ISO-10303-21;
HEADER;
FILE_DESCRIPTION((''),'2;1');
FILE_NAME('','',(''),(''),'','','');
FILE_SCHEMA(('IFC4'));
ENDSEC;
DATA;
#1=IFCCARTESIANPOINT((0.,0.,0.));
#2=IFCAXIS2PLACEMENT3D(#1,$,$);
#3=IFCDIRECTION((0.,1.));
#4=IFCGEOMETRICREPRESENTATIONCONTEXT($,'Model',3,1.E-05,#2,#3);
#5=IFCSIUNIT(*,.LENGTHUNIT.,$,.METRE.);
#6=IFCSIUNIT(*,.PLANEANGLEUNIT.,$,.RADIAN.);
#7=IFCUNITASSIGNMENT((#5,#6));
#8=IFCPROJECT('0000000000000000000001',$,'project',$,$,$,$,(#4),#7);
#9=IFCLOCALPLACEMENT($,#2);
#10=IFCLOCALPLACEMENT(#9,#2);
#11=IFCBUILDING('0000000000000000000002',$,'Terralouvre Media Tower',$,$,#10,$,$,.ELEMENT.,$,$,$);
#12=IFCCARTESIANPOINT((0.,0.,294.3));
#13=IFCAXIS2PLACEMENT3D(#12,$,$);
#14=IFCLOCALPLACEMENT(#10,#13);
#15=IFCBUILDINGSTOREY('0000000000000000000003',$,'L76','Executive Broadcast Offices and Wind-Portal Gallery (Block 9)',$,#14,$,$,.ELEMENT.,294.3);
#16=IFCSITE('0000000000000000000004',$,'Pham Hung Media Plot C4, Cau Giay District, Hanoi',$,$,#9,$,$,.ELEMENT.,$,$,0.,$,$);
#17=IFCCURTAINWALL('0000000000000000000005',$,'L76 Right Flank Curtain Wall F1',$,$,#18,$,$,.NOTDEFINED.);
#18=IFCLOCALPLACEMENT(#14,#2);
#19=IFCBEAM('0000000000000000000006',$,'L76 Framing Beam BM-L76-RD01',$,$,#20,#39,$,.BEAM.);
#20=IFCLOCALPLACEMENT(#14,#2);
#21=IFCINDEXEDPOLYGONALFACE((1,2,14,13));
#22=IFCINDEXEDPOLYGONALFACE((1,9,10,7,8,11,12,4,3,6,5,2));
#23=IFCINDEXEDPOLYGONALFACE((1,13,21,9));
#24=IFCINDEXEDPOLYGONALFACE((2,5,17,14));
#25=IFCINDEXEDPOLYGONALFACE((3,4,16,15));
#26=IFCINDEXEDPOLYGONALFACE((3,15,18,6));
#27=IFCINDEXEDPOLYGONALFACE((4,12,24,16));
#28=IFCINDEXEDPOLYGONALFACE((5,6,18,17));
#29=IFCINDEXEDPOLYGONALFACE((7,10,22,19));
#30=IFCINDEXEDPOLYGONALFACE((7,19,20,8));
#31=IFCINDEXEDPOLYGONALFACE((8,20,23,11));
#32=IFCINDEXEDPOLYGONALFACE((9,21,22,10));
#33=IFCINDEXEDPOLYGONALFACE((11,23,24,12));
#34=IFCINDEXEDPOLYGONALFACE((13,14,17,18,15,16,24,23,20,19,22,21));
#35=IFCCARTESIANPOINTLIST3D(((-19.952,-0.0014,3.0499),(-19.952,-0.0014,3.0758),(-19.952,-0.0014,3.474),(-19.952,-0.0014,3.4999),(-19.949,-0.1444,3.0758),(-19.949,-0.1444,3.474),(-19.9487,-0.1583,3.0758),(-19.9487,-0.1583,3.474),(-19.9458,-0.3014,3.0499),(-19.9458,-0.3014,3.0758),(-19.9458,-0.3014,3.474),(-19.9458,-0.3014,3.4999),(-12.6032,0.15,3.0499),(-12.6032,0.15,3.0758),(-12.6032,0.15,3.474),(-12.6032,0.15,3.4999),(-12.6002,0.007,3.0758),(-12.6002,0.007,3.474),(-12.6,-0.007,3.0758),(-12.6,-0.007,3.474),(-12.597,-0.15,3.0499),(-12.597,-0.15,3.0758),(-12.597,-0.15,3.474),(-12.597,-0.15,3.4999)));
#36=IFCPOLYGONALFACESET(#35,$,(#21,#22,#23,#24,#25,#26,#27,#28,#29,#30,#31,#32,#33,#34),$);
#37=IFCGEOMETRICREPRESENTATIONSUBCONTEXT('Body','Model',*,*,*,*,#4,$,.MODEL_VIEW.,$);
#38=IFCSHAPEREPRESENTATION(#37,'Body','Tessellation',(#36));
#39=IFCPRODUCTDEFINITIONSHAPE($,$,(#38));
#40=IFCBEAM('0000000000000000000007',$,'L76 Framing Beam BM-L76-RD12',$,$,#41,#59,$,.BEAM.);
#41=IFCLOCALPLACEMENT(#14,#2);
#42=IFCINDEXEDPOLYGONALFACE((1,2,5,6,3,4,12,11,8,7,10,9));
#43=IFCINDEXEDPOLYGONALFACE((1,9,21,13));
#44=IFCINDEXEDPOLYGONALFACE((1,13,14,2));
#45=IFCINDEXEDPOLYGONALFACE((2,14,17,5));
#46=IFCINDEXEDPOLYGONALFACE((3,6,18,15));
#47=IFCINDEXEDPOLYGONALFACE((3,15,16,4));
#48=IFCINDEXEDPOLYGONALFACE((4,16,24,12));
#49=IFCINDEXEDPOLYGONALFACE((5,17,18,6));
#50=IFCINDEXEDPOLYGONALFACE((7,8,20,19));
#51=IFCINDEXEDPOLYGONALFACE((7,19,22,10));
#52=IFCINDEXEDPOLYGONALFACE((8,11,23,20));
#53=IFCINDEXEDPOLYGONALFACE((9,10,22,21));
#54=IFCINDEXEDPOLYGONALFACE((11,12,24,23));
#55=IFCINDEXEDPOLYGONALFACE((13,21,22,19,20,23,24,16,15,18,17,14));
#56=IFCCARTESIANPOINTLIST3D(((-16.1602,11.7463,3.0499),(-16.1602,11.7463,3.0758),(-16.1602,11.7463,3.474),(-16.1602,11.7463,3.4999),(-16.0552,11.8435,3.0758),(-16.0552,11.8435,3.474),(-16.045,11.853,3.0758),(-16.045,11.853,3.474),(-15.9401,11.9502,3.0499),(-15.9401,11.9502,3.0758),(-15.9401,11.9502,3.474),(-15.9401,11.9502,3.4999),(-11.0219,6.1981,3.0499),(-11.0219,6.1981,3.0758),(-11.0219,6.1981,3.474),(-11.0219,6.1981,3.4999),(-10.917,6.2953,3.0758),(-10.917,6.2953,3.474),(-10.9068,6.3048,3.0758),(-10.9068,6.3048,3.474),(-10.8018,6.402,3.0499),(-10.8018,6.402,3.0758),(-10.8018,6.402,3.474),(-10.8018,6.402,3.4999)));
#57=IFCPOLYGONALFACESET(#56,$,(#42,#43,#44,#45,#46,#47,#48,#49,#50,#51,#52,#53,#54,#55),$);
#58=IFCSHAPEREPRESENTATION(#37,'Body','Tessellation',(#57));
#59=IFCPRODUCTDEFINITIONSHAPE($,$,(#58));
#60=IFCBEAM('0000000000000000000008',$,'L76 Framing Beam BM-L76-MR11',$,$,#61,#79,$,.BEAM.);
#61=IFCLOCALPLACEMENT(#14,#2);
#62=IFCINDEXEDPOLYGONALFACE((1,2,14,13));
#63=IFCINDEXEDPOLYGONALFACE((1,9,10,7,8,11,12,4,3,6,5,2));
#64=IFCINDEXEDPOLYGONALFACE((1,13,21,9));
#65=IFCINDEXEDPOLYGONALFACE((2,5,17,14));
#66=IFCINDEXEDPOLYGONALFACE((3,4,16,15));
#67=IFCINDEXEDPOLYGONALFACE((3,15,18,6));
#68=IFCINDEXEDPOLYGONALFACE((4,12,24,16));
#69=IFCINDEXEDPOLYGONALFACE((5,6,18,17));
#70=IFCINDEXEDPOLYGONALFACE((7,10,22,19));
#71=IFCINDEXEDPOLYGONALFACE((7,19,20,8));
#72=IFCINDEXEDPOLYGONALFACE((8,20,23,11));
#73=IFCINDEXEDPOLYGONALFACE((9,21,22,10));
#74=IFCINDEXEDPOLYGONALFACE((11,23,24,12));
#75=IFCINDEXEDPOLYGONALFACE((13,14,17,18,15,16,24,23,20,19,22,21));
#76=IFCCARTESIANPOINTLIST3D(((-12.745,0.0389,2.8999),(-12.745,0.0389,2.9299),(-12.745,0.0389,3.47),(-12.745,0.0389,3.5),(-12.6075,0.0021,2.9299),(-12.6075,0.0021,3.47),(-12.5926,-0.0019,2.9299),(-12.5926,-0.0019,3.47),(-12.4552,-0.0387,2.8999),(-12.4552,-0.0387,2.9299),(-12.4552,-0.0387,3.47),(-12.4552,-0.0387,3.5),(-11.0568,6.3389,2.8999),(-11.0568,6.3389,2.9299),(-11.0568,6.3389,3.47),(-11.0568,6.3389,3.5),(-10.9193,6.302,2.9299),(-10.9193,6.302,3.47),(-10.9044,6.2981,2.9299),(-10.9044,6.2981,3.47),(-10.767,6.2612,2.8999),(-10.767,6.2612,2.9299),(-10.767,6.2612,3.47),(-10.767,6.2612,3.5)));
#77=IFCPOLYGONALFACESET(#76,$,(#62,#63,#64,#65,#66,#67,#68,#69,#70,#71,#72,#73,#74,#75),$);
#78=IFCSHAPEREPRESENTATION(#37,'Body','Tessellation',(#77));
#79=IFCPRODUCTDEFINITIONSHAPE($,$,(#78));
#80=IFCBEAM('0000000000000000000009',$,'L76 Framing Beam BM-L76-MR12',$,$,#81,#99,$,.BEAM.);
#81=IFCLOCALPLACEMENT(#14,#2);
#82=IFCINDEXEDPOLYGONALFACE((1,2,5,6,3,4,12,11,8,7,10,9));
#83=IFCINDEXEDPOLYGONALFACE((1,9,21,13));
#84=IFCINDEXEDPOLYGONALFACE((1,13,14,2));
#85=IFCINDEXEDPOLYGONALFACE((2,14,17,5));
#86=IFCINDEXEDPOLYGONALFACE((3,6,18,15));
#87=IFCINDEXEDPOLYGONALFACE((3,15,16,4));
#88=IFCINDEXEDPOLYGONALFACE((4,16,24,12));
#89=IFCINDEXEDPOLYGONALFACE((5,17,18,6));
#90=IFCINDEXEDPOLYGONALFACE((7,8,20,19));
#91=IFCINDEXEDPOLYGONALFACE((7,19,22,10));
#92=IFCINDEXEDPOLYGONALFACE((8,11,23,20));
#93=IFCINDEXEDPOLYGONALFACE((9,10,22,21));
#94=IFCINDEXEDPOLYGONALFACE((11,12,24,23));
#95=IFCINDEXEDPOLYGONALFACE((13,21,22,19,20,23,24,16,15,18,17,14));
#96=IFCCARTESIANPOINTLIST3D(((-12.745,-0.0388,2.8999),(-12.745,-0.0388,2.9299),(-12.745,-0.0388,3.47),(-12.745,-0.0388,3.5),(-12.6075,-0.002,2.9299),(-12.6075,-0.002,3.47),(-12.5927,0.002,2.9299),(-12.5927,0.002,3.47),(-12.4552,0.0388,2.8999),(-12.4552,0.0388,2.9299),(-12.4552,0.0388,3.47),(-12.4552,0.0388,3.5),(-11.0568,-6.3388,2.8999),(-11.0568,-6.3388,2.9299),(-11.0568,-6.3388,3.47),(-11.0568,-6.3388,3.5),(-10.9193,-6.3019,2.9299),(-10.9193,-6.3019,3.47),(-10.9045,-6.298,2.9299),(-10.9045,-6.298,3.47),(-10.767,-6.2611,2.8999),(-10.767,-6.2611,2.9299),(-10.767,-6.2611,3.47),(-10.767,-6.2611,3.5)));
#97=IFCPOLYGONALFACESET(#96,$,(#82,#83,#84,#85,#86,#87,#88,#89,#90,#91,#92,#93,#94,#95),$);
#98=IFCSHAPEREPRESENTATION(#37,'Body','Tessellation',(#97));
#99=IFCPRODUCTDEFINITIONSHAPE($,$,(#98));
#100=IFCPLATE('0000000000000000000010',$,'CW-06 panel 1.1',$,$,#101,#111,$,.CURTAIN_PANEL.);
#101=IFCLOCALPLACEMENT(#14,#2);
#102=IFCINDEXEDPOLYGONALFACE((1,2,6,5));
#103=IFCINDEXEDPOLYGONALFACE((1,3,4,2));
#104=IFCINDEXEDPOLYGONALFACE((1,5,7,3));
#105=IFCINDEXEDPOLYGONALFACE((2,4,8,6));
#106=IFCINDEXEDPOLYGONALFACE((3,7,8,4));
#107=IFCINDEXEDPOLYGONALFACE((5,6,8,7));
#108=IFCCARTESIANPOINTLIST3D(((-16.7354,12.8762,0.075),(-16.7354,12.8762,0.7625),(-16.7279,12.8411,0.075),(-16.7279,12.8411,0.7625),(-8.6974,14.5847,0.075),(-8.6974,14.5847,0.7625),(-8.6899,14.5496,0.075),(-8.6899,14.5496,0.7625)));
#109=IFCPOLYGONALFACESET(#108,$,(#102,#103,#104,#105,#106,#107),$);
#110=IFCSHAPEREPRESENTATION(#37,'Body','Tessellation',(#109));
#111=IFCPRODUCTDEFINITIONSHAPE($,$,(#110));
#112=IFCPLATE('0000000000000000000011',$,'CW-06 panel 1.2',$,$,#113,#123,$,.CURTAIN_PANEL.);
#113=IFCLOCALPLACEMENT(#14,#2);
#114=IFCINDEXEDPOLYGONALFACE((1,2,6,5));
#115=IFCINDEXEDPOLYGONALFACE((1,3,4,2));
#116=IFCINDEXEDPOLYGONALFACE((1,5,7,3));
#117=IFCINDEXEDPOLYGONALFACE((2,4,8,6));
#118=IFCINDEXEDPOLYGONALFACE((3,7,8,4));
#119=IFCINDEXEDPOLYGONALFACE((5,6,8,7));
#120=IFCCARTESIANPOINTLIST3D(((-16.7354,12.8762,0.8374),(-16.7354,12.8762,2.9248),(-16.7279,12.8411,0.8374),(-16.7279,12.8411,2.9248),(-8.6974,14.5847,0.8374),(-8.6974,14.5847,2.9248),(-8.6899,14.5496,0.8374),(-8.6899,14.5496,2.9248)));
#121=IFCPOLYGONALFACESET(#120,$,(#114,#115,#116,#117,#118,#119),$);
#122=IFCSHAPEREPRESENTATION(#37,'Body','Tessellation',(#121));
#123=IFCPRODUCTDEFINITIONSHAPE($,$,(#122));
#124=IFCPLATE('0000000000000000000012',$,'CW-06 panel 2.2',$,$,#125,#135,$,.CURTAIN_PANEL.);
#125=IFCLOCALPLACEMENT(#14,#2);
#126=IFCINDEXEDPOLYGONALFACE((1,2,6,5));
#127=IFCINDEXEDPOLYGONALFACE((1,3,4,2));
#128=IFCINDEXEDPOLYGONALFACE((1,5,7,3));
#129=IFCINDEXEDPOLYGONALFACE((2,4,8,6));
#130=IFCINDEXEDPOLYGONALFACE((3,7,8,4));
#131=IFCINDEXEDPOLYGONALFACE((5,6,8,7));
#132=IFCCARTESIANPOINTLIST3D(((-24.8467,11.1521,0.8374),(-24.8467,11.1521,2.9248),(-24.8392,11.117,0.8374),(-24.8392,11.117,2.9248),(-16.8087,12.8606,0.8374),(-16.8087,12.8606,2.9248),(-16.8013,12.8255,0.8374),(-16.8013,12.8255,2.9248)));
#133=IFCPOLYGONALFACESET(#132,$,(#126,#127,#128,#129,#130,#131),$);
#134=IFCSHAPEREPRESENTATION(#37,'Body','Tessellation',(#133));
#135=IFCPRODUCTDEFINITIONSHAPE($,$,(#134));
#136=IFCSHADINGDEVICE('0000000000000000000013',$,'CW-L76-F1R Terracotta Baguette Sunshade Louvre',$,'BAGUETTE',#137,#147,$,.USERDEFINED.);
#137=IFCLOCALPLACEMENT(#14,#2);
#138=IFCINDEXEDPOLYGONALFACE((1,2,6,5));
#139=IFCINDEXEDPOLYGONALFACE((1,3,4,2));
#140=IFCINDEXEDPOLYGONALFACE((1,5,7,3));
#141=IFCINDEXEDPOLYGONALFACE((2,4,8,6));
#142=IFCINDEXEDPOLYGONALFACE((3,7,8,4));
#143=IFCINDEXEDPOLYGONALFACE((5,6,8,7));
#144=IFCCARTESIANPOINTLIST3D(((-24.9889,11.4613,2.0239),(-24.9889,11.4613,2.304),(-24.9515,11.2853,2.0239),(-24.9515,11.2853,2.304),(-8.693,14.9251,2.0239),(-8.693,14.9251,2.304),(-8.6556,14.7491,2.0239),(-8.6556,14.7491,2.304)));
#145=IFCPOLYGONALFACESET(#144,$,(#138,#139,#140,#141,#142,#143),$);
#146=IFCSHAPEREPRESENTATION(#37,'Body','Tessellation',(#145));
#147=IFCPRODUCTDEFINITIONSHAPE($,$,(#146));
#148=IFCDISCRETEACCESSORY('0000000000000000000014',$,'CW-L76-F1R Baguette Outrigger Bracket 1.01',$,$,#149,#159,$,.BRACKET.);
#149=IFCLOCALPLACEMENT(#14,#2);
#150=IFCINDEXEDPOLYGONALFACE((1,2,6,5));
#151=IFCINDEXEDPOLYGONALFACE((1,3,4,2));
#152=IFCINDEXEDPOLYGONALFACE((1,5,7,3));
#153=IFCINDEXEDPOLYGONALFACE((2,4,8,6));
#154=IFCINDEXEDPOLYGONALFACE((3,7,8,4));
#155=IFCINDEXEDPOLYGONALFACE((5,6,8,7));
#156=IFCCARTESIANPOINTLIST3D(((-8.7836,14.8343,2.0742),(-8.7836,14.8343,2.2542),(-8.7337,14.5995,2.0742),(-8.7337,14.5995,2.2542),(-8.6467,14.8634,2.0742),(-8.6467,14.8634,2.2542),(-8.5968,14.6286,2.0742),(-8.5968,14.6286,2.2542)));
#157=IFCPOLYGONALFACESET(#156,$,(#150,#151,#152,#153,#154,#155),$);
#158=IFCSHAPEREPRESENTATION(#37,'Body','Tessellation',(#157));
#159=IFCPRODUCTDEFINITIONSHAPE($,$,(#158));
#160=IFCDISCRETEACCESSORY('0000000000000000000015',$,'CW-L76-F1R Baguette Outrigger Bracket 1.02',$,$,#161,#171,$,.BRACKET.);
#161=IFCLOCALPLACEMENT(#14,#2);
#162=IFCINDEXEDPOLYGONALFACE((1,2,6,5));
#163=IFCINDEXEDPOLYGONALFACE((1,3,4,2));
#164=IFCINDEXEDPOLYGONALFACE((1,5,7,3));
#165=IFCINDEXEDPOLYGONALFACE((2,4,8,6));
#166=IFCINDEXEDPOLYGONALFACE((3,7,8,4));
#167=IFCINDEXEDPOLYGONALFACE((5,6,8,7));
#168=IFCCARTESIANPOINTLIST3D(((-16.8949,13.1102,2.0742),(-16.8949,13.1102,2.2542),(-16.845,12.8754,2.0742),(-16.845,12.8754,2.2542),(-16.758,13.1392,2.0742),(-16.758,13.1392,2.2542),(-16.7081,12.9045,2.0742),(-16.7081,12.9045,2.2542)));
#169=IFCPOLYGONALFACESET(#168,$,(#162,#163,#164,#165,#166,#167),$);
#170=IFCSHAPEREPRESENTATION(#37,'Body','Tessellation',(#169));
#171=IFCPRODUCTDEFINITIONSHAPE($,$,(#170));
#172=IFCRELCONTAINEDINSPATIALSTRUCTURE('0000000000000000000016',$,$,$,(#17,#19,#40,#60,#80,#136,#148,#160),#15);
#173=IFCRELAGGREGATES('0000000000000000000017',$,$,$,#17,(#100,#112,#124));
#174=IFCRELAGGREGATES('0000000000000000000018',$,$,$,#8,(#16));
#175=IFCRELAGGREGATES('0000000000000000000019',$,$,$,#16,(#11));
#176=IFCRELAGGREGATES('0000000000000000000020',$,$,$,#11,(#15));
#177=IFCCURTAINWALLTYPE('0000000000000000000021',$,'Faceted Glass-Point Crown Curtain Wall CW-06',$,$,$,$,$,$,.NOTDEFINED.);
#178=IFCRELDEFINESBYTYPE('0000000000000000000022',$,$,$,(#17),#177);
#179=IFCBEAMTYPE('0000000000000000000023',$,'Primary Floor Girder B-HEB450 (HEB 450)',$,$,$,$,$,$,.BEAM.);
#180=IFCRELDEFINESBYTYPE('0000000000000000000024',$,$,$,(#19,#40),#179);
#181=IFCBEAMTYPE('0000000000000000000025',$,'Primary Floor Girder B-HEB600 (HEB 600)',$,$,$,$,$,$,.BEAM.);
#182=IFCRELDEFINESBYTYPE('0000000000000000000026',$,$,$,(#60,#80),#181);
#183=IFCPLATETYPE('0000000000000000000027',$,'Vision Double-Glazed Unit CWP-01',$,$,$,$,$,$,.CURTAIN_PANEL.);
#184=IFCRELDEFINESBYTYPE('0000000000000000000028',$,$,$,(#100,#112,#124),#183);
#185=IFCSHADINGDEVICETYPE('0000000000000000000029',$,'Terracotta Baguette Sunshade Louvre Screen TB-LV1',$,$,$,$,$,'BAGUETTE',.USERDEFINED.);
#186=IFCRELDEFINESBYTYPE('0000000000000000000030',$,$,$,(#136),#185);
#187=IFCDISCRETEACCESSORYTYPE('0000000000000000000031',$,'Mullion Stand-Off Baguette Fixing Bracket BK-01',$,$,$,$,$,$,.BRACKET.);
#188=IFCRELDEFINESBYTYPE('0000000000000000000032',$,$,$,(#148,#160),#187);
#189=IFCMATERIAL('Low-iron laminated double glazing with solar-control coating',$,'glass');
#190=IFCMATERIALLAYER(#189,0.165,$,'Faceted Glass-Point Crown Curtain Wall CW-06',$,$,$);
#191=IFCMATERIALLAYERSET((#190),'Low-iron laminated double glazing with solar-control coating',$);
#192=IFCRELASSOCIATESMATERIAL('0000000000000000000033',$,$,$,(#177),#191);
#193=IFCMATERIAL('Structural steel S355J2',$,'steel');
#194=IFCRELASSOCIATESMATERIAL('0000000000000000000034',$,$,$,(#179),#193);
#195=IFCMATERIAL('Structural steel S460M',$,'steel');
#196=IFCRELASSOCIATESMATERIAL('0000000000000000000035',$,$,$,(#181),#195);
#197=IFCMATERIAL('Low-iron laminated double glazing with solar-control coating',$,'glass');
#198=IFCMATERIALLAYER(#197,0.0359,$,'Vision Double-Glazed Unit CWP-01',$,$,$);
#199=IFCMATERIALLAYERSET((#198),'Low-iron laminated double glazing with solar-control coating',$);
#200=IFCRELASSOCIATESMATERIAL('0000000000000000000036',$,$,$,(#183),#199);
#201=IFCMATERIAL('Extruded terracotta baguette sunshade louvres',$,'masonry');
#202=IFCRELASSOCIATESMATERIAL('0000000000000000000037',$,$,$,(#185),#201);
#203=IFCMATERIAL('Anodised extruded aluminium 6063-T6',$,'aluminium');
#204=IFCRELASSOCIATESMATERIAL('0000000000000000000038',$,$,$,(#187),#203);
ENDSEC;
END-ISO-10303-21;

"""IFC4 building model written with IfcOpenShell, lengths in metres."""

from ifc_helpers import new_model, si_unit, direction, frame, origin, origin_2d, place, context, subcontext, project, spatial, rectangle, i_section, extrude, material, layer, layer_set, material_profile, profile_set, type_object, element, aggregate, save


model = new_model("IFC4")

# Units and contexts
model_context = context("Model", 3, precision=1e-05, world=origin(), true_north=direction((0.0, 1.0)))
body_context = subcontext(model_context, "Body", "Model", "MODEL_VIEW")
ifc_project = project(units=[si_unit("LENGTHUNIT", "METRE"), si_unit("PLANEANGLEUNIT", "RADIAN")], contexts=[model_context])

# Site, building, storey
site_placement = place(None, origin())
site = spatial("IfcSite", under=ifc_project, at=site_placement, Name="Pham Hung Media Plot C4, Cau Giay District, Hanoi", CompositionType="ELEMENT", RefElevation=0.0)
building_placement = place(site_placement, origin())
building = spatial("IfcBuilding", under=site, at=building_placement, Name="Terralouvre Media Tower", CompositionType="ELEMENT")
storey_placement = place(building_placement, frame((0.0, 0.0, 294.3)))
storey = spatial("IfcBuildingStorey", under=building, at=storey_placement, Name="L76", Description="Executive Broadcast Offices and Wind-Portal Gallery (Block 9)", CompositionType="ELEMENT", Elevation=294.3)

# Curtain wall
ifc_material_1 = material(Name="Low-iron laminated double glazing with solar-control coating", Category="glass")
ifc_layer_1 = layer(ifc_material_1, 0.165, Name="Faceted Glass-Point Crown Curtain Wall CW-06")
ifc_layer_set_1 = layer_set([ifc_layer_1], Name="Low-iron laminated double glazing with solar-control coating")
curtain_wall_type = type_object("IfcCurtainWallType", Name="Faceted Glass-Point Crown Curtain Wall CW-06", PredefinedType="NOTDEFINED", material=ifc_layer_set_1)
curtain_wall_placement = place(storey_placement, origin())
curtain_wall = element("IfcCurtainWall", 1, at=curtain_wall_placement, inside=storey, type_object=curtain_wall_type, Name="L76 Right Flank Curtain Wall F1", PredefinedType="NOTDEFINED")

# Beams
ifc_material_2 = material(Name="Structural steel S355J2", Category="steel")
ifc_material_profile_1 = material_profile(ifc_material_2, i_section(OverallWidth=0.3, OverallDepth=0.45, WebThickness=0.0139, FlangeThickness=0.0259, at=origin_2d()), Name="HEB 450")
ifc_profile_set_1 = profile_set([ifc_material_profile_1], Name="Structural steel S355J2")
beam_type_1 = type_object("IfcBeamType", Name="Primary Floor Girder B-HEB450 (HEB 450)", PredefinedType="BEAM", material=ifc_profile_set_1)
beam_1_placement = place(storey_placement, frame((-12.6001, 0.0, 3.2749), z_axis=(-0.999788, -0.020593, 0.0), x_axis=(0.020593, -0.999788, 0.0)))
element("IfcBeam", 2, at=beam_1_placement, inside=storey, type_object=beam_type_1, Name="L76 Framing Beam BM-L76-RD01", PredefinedType="BEAM", context=body_context, shape_type="SweptSolid", body=[
    extrude(i_section(OverallWidth=0.3, OverallDepth=0.45, WebThickness=0.0139, FlangeThickness=0.0259, at=origin_2d()), origin(), (0.0, 0.0, 1.0), 7.3503),
])
beam_2_placement = place(storey_placement, frame((-10.9119, 6.3, 3.2749), z_axis=(-0.679483, 0.733691, 0.0), x_axis=(-0.733691, -0.679483, 0.0)))
element("IfcBeam", 3, at=beam_2_placement, inside=storey, type_object=beam_type_1, Name="L76 Framing Beam BM-L76-RD12", PredefinedType="BEAM", context=body_context, shape_type="SweptSolid", body=[
    extrude(i_section(OverallWidth=0.3, OverallDepth=0.45, WebThickness=0.0139, FlangeThickness=0.0259, at=origin_2d()), origin(), (0.0, 0.0, 1.0), 7.562),
])
ifc_material_3 = material(Name="Structural steel S460M", Category="steel")
ifc_material_profile_2 = material_profile(ifc_material_3, i_section(OverallWidth=0.3, OverallDepth=0.6001, WebThickness=0.0154, FlangeThickness=0.03, at=origin_2d()), Name="HEB 600")
ifc_profile_set_2 = profile_set([ifc_material_profile_2], Name="Structural steel S460M")
beam_type_2 = type_object("IfcBeamType", Name="Primary Floor Girder B-HEB600 (HEB 600)", PredefinedType="BEAM", material=ifc_profile_set_2)
for number, where, z_axis, x_axis, name in (
    (4, (-10.9119, 6.3, 3.2), (-0.258839, -0.96592, 0.0), (0.96592, -0.258839, 0.0), "L76 Framing Beam BM-L76-MR11"),
    (5, (-12.6001, 0.0, 3.2), (0.258839, -0.96592, 0.0), (0.96592, 0.258839, 0.0), "L76 Framing Beam BM-L76-MR12"),
):
    element("IfcBeam", number, at=place(storey_placement, frame(where, z_axis=z_axis, x_axis=x_axis)), inside=storey, type_object=beam_type_2, Name=name, PredefinedType="BEAM", context=body_context, shape_type="SweptSolid", body=[
        extrude(i_section(OverallWidth=0.3, OverallDepth=0.6001, WebThickness=0.0154, FlangeThickness=0.03, at=origin_2d()), origin(), (0.0, 0.0, 1.0), 6.5222),
    ])

# Plates
ifc_material_4 = material(Name="Low-iron laminated double glazing with solar-control coating", Category="glass")
ifc_layer_2 = layer(ifc_material_4, 0.0359, Name="Vision Double-Glazed Unit CWP-01")
ifc_layer_set_2 = layer_set([ifc_layer_2], Name="Low-iron laminated double glazing with solar-control coating")
plate_type = type_object("IfcPlateType", Name="Vision Double-Glazed Unit CWP-01", PredefinedType="CURTAIN_PANEL", material=ifc_layer_set_2)
plate_1_placement = place(storey_placement, frame((-12.7126, 13.7129, 0.075), z_axis=(0.0, 0.0, 1.0), x_axis=(-0.978148, -0.207911, 0.0)))
plate_1 = element("IfcPlate", 6, at=plate_1_placement, type_object=plate_type, Name="CW-06 panel 1.1", PredefinedType="CURTAIN_PANEL", context=body_context, shape_type="SweptSolid", body=[
    extrude(rectangle(XDim=8.2175, YDim=0.0359, at=origin_2d()), origin(), (0.0, 0.0, 1.0), 0.6875),
])
plate_2_placement = place(storey_placement, frame((-12.7126, 13.7129, 0.8374), z_axis=(0.0, 0.0, 1.0), x_axis=(-0.978148, -0.207911, 0.0)))
plate_2 = element("IfcPlate", 7, at=plate_2_placement, type_object=plate_type, Name="CW-06 panel 1.2", PredefinedType="CURTAIN_PANEL", context=body_context, shape_type="SweptSolid", body=[
    extrude(rectangle(XDim=8.2175, YDim=0.0359, at=origin_2d()), origin(), (0.0, 0.0, 1.0), 2.0874),
])
plate_3_placement = place(storey_placement, frame((-20.824, 11.9888, 0.8374), z_axis=(0.0, 0.0, 1.0), x_axis=(-0.978148, -0.207911, 0.0)))
plate_3 = element("IfcPlate", 8, at=plate_3_placement, type_object=plate_type, Name="CW-06 panel 2.2", PredefinedType="CURTAIN_PANEL", context=body_context, shape_type="SweptSolid", body=[
    extrude(rectangle(XDim=8.2175, YDim=0.0359, at=origin_2d()), origin(), (0.0, 0.0, 1.0), 2.0874),
])
aggregate(curtain_wall, [plate_1, plate_2, plate_3])

# Shading device
ifc_material_5 = material(Name="Extruded terracotta baguette sunshade louvres", Category="masonry")
shading_device_type = type_object("IfcShadingDeviceType", Name="Terracotta Baguette Sunshade Louvre Screen TB-LV1", ElementType="BAGUETTE", PredefinedType="USERDEFINED", material=ifc_material_5)
shading_device_placement = place(storey_placement, frame((-16.8223, 13.1052, 2.0239), z_axis=(0.0, 0.0, 1.0), x_axis=(-0.978148, -0.207911, 0.0)))
element("IfcShadingDevice", 9, at=shading_device_placement, inside=storey, type_object=shading_device_type, Name="CW-L76-F1R Terracotta Baguette Sunshade Louvre", ObjectType="BAGUETTE", PredefinedType="USERDEFINED", context=body_context, shape_type="SweptSolid", body=[
    extrude(rectangle(XDim=16.6599, YDim=0.1799, at=origin_2d()), origin(), (0.0, 0.0, 1.0), 0.28),
])

# Discrete accessories
ifc_material_6 = material(Name="Anodised extruded aluminium 6063-T6", Category="aluminium")
discrete_accessory_type = type_object("IfcDiscreteAccessoryType", Name="Mullion Stand-Off Baguette Fixing Bracket BK-01", PredefinedType="BRACKET", material=ifc_material_6)
for number, where, z_axis, x_axis, name in (
    (10, (-8.6902, 14.7314, 2.0742), (0.0, 0.0, 1.0), (-0.978148, -0.207911, 0.0), "CW-L76-F1R Baguette Outrigger Bracket 1.01"),
    (11, (-16.8015, 13.0073, 2.0742), (0.0, 0.0, 1.0), (-0.978148, -0.207911, 0.0), "CW-L76-F1R Baguette Outrigger Bracket 1.02"),
):
    element("IfcDiscreteAccessory", number, at=place(storey_placement, frame(where, z_axis=z_axis, x_axis=x_axis)), inside=storey, type_object=discrete_accessory_type, Name=name, PredefinedType="BRACKET", context=body_context, shape_type="SweptSolid", body=[
        extrude(rectangle(XDim=0.1399, YDim=0.24, at=origin_2d()), origin(), (0.0, 0.0, 1.0), 0.1799),
    ])

save(model, "model.ifc")
